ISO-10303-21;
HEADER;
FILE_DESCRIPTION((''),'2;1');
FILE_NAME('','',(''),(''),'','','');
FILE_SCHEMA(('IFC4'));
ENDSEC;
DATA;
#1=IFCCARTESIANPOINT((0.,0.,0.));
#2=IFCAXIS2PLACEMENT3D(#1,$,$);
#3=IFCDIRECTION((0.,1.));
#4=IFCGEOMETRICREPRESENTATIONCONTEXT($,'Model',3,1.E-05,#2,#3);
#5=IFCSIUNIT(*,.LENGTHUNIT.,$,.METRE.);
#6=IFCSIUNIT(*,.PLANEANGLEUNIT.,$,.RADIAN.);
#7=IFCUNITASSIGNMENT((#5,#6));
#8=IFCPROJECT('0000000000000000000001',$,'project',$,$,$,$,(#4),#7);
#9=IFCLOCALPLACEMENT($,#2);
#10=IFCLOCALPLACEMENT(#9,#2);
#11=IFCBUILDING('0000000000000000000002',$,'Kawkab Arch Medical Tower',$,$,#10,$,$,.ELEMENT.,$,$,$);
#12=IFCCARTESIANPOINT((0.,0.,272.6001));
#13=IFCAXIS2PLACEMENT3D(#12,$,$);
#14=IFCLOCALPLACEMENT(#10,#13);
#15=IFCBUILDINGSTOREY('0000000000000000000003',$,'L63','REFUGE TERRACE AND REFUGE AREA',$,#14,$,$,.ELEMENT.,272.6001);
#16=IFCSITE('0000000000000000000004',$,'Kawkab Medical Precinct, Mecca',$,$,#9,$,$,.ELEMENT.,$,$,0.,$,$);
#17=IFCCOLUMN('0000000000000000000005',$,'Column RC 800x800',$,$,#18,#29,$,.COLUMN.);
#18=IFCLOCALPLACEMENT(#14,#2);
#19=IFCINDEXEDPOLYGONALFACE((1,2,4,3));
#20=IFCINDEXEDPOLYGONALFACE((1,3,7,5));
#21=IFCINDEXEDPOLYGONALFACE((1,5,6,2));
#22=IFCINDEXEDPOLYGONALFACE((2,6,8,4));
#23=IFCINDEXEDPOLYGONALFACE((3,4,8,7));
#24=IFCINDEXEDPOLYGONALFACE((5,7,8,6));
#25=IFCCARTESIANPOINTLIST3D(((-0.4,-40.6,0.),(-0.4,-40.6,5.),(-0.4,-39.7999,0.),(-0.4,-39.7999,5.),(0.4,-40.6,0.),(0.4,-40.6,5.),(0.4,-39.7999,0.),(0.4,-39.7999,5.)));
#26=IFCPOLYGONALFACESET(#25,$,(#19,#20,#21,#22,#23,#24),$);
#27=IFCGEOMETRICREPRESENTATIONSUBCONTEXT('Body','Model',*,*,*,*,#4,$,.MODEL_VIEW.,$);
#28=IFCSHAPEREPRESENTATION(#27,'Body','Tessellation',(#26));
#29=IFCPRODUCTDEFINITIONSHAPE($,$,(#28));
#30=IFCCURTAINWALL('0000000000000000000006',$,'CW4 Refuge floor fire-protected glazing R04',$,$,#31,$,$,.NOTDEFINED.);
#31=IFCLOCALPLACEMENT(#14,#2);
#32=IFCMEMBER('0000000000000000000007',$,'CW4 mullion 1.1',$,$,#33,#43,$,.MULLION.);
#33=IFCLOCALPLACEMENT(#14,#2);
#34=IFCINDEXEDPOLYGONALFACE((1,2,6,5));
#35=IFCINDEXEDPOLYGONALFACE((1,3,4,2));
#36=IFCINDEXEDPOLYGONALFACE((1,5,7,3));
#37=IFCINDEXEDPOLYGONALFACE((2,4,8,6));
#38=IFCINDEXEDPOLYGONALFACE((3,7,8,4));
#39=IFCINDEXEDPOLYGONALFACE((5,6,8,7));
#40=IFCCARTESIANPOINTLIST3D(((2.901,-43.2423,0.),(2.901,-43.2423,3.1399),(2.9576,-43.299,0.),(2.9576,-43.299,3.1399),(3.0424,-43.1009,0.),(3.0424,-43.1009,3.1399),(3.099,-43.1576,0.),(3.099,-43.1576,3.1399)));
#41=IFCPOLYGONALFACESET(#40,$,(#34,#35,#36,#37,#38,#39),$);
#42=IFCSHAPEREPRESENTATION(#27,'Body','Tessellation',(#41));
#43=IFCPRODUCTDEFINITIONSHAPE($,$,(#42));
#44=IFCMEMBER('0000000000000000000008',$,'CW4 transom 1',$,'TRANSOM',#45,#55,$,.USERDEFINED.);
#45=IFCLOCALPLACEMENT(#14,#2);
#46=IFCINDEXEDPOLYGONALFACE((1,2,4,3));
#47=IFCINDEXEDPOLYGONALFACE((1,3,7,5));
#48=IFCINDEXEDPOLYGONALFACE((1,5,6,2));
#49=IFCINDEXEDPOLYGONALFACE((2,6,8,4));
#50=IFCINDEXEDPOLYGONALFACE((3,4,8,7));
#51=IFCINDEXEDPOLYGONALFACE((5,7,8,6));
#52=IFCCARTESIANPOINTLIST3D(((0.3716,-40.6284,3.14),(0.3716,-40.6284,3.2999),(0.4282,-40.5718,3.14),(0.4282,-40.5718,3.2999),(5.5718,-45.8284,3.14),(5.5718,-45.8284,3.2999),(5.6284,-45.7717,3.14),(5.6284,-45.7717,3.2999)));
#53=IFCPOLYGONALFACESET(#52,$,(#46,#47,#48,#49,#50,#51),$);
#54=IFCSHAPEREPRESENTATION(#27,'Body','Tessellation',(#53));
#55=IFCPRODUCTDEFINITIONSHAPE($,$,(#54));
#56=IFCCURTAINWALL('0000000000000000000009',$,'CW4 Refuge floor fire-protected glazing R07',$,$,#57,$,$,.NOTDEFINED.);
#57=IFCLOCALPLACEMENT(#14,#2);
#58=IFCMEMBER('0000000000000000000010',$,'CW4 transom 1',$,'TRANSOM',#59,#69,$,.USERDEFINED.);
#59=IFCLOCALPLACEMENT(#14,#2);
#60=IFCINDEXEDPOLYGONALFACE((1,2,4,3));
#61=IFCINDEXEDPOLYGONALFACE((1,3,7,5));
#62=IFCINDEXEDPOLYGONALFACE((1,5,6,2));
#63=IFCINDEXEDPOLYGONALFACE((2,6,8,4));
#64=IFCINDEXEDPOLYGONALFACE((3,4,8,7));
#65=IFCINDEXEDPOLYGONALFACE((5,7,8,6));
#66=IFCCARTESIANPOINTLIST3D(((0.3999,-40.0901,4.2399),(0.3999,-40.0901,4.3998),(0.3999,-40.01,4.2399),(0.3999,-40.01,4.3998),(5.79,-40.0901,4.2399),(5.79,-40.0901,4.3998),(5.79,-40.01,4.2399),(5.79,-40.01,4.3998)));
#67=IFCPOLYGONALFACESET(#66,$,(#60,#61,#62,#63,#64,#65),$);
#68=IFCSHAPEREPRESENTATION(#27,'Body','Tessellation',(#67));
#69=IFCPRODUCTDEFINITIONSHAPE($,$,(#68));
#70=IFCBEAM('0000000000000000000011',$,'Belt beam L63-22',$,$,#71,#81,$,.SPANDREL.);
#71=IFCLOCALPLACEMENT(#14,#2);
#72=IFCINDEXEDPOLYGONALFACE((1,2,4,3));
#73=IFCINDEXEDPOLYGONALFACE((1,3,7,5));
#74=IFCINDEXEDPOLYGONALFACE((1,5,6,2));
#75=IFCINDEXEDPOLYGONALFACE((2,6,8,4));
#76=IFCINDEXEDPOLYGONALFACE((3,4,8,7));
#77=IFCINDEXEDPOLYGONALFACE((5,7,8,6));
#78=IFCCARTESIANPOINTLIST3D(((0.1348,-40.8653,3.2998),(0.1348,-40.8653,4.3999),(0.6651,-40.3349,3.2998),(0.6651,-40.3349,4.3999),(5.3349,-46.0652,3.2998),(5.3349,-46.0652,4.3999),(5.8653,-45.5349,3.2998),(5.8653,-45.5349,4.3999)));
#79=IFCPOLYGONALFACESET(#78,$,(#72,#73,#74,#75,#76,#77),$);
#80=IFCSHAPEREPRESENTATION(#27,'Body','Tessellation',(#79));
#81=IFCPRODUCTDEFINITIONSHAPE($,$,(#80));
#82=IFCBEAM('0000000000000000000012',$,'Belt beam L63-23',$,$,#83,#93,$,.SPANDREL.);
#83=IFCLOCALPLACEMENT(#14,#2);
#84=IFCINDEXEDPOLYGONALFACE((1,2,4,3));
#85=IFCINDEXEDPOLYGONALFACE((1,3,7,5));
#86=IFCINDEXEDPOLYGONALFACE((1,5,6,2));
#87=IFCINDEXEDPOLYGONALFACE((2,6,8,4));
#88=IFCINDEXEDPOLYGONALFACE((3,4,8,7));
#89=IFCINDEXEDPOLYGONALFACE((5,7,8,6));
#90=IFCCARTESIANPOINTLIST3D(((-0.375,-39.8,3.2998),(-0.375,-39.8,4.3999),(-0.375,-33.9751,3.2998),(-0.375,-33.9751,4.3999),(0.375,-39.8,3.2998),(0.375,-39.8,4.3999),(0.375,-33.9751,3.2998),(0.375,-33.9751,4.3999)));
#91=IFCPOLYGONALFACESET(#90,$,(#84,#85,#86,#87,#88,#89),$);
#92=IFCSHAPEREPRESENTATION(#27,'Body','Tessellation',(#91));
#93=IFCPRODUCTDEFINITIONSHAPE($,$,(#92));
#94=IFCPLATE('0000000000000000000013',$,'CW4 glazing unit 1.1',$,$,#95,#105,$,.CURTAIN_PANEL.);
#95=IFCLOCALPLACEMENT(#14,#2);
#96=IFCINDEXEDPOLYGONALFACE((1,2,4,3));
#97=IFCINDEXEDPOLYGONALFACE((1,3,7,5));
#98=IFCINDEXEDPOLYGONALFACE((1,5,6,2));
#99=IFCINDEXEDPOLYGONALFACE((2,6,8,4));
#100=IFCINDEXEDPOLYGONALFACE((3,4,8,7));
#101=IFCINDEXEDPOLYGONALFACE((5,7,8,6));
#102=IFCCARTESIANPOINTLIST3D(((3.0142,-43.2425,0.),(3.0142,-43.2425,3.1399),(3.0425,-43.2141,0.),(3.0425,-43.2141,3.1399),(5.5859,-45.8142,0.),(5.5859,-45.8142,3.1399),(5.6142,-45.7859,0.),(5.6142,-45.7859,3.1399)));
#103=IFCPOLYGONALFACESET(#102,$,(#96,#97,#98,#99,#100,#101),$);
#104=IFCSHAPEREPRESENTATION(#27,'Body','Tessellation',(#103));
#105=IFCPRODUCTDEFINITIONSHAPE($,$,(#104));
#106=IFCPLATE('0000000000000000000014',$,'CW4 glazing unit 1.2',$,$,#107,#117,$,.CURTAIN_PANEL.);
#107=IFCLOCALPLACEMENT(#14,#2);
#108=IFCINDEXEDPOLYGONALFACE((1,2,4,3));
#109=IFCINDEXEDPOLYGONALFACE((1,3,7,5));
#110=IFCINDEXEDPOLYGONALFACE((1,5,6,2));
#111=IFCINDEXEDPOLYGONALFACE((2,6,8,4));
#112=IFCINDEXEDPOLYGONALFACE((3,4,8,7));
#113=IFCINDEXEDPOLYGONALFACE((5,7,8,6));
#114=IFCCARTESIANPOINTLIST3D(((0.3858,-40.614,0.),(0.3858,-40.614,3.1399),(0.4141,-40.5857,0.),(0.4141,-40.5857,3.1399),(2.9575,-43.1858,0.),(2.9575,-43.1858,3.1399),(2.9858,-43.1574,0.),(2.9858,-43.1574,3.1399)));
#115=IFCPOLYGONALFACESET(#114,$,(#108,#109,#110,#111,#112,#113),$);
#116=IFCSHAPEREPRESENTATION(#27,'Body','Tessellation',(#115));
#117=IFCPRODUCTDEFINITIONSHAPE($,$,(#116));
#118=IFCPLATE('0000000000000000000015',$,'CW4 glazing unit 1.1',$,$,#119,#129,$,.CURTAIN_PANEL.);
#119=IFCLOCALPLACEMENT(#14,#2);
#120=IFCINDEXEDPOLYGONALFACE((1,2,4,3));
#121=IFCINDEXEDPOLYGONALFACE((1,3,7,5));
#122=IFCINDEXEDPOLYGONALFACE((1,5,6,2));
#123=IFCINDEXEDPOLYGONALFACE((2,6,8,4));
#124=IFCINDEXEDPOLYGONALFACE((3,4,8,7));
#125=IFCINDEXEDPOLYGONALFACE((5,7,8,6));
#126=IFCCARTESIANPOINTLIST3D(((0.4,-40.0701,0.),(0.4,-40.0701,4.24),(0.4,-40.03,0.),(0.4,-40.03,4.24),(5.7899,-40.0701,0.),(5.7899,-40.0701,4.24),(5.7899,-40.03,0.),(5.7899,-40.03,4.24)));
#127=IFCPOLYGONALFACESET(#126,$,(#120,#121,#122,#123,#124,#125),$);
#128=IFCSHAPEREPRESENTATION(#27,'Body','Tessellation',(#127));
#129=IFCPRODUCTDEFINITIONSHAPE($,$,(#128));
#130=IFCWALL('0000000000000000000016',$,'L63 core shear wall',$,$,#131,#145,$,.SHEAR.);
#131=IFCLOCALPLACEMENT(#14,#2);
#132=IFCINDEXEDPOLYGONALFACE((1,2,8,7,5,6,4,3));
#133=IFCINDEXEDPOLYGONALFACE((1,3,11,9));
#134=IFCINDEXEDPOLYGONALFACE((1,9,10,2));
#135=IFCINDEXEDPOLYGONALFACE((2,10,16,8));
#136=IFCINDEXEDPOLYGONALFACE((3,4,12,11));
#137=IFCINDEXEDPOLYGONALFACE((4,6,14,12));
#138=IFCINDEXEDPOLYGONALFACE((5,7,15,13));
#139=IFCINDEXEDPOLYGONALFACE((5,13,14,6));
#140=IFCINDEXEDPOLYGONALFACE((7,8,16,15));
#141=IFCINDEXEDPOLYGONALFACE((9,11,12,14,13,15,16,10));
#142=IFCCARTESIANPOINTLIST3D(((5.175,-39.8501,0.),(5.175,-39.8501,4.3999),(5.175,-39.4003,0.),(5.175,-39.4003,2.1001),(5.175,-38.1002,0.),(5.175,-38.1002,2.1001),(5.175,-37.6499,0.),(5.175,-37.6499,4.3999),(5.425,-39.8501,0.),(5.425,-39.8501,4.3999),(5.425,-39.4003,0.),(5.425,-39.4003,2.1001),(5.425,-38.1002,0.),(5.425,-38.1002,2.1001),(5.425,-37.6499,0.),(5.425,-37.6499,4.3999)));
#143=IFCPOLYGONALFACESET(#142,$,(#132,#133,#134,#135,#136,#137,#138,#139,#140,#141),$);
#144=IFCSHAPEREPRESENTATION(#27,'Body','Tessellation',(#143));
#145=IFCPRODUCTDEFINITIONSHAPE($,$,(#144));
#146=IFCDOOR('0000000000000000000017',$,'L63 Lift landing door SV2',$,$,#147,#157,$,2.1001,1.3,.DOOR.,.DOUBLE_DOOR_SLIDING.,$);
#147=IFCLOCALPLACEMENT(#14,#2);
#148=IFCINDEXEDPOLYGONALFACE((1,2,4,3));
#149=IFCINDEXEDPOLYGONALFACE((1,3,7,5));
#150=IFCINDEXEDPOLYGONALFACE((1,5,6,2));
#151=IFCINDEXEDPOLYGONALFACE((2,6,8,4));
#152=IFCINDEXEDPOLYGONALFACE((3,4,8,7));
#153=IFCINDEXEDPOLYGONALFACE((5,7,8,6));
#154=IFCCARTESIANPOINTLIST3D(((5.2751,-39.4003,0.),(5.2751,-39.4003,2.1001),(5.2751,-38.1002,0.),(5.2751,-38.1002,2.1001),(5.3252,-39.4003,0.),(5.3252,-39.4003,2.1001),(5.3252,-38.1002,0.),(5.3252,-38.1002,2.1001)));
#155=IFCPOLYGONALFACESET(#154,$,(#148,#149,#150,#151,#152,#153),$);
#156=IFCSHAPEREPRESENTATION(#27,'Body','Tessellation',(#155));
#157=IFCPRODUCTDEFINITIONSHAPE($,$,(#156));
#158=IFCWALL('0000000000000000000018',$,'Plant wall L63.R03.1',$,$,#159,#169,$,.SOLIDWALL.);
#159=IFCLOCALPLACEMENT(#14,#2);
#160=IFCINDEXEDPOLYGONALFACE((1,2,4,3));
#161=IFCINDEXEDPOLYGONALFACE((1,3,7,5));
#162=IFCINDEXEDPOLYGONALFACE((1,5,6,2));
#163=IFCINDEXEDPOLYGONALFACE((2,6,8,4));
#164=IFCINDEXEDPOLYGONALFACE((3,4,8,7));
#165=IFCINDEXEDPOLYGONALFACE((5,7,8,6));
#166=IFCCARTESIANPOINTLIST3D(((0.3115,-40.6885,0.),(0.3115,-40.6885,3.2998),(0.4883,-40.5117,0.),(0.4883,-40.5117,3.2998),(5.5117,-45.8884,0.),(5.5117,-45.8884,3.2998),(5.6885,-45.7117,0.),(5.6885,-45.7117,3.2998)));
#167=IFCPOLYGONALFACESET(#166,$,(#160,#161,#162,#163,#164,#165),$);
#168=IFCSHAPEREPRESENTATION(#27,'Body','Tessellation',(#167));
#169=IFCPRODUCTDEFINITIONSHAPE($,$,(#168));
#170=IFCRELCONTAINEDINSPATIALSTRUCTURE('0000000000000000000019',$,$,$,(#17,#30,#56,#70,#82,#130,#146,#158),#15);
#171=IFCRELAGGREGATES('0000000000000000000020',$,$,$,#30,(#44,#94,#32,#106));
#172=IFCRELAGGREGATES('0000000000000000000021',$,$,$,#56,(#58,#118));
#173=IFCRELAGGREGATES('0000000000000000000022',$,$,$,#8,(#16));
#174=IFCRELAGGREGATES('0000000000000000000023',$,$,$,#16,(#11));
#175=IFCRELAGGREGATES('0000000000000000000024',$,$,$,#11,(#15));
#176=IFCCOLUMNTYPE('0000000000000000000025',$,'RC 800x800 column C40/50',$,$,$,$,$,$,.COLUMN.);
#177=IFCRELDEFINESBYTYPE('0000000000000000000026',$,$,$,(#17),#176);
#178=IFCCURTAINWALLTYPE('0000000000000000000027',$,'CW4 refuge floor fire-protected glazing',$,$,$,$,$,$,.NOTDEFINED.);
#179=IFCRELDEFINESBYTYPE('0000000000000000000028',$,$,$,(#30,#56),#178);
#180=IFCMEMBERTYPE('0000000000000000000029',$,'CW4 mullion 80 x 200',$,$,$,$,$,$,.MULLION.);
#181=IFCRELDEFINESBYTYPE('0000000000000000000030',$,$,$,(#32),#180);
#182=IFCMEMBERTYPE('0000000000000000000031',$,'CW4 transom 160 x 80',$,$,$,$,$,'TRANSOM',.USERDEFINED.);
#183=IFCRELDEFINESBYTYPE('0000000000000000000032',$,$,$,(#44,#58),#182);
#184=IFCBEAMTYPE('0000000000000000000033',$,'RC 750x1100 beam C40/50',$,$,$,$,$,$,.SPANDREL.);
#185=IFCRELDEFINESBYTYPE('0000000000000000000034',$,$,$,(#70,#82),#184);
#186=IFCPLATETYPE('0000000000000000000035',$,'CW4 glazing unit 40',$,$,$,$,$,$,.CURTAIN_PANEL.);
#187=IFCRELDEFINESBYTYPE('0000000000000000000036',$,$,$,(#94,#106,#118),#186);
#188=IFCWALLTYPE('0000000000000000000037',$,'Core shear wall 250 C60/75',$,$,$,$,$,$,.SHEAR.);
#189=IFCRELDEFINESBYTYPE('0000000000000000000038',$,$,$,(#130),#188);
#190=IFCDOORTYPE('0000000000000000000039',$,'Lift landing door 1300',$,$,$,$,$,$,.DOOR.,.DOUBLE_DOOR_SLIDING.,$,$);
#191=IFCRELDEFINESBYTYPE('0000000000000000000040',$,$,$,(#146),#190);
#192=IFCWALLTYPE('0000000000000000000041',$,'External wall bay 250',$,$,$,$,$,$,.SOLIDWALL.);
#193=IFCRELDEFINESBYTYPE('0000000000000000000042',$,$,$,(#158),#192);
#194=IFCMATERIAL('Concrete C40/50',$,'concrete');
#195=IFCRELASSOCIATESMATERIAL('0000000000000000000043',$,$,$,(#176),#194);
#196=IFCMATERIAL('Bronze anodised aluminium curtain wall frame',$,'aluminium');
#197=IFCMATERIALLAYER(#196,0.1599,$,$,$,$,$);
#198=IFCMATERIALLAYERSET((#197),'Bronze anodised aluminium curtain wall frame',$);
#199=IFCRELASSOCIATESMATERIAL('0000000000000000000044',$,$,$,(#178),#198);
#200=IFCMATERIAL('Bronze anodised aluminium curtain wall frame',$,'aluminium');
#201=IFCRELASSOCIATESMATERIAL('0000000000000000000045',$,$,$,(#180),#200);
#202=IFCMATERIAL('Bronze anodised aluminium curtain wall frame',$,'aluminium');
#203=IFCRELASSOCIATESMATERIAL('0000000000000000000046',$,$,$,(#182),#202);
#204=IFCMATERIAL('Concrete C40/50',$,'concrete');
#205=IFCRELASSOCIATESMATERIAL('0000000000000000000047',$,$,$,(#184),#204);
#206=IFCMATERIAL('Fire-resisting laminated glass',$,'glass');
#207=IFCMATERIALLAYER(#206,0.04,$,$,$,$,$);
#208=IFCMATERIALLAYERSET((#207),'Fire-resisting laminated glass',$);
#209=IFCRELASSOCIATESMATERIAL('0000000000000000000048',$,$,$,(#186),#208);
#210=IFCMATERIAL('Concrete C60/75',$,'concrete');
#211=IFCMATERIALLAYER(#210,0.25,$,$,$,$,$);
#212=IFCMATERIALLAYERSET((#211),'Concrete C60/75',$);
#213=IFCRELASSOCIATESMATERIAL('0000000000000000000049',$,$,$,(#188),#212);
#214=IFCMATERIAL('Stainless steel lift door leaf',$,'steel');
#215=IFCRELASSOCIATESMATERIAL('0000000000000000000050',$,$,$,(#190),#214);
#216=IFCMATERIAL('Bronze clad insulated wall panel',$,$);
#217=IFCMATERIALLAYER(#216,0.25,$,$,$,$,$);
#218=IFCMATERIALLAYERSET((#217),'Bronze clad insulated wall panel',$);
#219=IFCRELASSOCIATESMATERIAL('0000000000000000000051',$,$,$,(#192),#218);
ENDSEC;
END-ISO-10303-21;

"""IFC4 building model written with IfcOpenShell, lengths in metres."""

from ifc_helpers import new_model, si_unit, direction, frame, frame_2d, origin, origin_2d, place, context, subcontext, project, spatial, rectangle, extrude, material, layer, layer_set, material_profile, profile_set, type_object, element, fill, aggregate, save


model = new_model("IFC4")

# Units and contexts
model_context = context("Model", 3, precision=1e-05, world=origin(), true_north=direction((0.0, 1.0)))
body_context = subcontext(model_context, "Body", "Model", "MODEL_VIEW")
ifc_project = project(units=[si_unit("LENGTHUNIT", "METRE"), si_unit("PLANEANGLEUNIT", "RADIAN")], contexts=[model_context])

# Site, building, storey
site_placement = place(None, origin())
site = spatial("IfcSite", under=ifc_project, at=site_placement, Name="Kawkab Medical Precinct, Mecca", CompositionType="ELEMENT", RefElevation=0.0)
building_placement = place(site_placement, origin())
building = spatial("IfcBuilding", under=site, at=building_placement, Name="Kawkab Arch Medical Tower", CompositionType="ELEMENT")
storey_placement = place(building_placement, frame((0.0, 0.0, 272.6001)))
storey = spatial("IfcBuildingStorey", under=building, at=storey_placement, Name="L63", Description="REFUGE TERRACE AND REFUGE AREA", CompositionType="ELEMENT", Elevation=272.6001)

# Column
ifc_material_1 = material(Name="Concrete C40/50", Category="concrete")
ifc_material_profile_1 = material_profile(ifc_material_1, rectangle(XDim=0.8, YDim=0.8, at=origin_2d()), Name="RC 800x800")
ifc_profile_set_1 = profile_set([ifc_material_profile_1], Name="Concrete C40/50")
column_type = type_object("IfcColumnType", Name="RC 800x800 column C40/50", PredefinedType="COLUMN", material=ifc_profile_set_1)
column_placement = place(storey_placement, frame((0.0, -40.2, 0.0), z_axis=(0.0, 0.0, 1.0), x_axis=(1.0, 0.0, 0.0)))
element("IfcColumn", 1, at=column_placement, inside=storey, type_object=column_type, Name="Column RC 800x800", PredefinedType="COLUMN", context=body_context, shape_type="SweptSolid", body=[
    extrude(rectangle(XDim=0.8, YDim=0.8, at=origin_2d()), origin(), (0.0, 0.0, 1.0), 5.0),
])

# Curtain wall, members
ifc_material_2 = material(Name="Bronze anodised aluminium curtain wall frame", Category="aluminium")
ifc_layer_1 = layer(ifc_material_2, 0.1599)
ifc_layer_set_1 = layer_set([ifc_layer_1], Name="Bronze anodised aluminium curtain wall frame")
curtain_wall_type = type_object("IfcCurtainWallType", Name="CW4 refuge floor fire-protected glazing", PredefinedType="NOTDEFINED", material=ifc_layer_set_1)
placement = place(storey_placement, origin())
curtain_wall_1 = element("IfcCurtainWall", 2, at=placement, inside=storey, type_object=curtain_wall_type, Name="CW4 Refuge floor fire-protected glazing R04", PredefinedType="NOTDEFINED")
ifc_material_3 = material(Name="Bronze anodised aluminium curtain wall frame", Category="aluminium")
ifc_material_profile_2 = material_profile(ifc_material_3, rectangle(XDim=0.2, YDim=0.0801, at=origin_2d()), Name="AL 80x200")
ifc_profile_set_2 = profile_set([ifc_material_profile_2], Name="Bronze anodised aluminium curtain wall frame")
member_type_1 = type_object("IfcMemberType", Name="CW4 mullion 80 x 200", PredefinedType="MULLION", material=ifc_profile_set_2)
member_1_placement = place(storey_placement, frame((3.0, -43.2, 0.0), z_axis=(0.0, 0.0, 1.0), x_axis=(-0.707107, -0.707107, 0.0)))
member_1 = element("IfcMember", 3, at=member_1_placement, type_object=member_type_1, Name="CW4 mullion 1.1", PredefinedType="MULLION", context=body_context, shape_type="SweptSolid", body=[
    extrude(rectangle(XDim=0.2, YDim=0.0801, at=origin_2d()), origin(), (0.0, 0.0, 1.0), 3.1399),
])
ifc_material_4 = material(Name="Bronze anodised aluminium curtain wall frame", Category="aluminium")
ifc_material_profile_3 = material_profile(ifc_material_4, rectangle(XDim=0.0801, YDim=0.1599, at=origin_2d()), Name="AL 80x160")
ifc_profile_set_3 = profile_set([ifc_material_profile_3], Name="Bronze anodised aluminium curtain wall frame")
member_type_2 = type_object("IfcMemberType", Name="CW4 transom 160 x 80", ElementType="TRANSOM", PredefinedType="USERDEFINED", material=ifc_profile_set_3)
member_2_placement = place(storey_placement, frame((5.6001, -45.8, 3.22), z_axis=(-0.707123, 0.70709, 0.0), x_axis=(-0.70709, -0.707123, 0.0)))
member_2 = element("IfcMember", 4, at=member_2_placement, type_object=member_type_2, Name="CW4 transom 1", ObjectType="TRANSOM", PredefinedType="USERDEFINED", context=body_context, shape_type="SweptSolid", body=[
    extrude(rectangle(XDim=0.0801, YDim=0.1599, at=origin_2d()), origin(), (0.0, 0.0, 1.0), 7.354),
])

# Curtain wall, member
curtain_wall_2 = element("IfcCurtainWall", 5, at=placement, inside=storey, type_object=curtain_wall_type, Name="CW4 Refuge floor fire-protected glazing R07", PredefinedType="NOTDEFINED")
member_3_placement = place(storey_placement, frame((0.3999, -40.05, 4.3198), z_axis=(1.0, 0.0, 0.0), x_axis=(0.0, 1.0, 0.0)))
member_3 = element("IfcMember", 6, at=member_3_placement, type_object=member_type_2, Name="CW4 transom 1", ObjectType="TRANSOM", PredefinedType="USERDEFINED", context=body_context, shape_type="SweptSolid", body=[
    extrude(rectangle(XDim=0.0801, YDim=0.1599, at=origin_2d()), origin(), (0.0, 0.0, 1.0), 5.3901),
])

# Beams
ifc_material_5 = material(Name="Concrete C40/50", Category="concrete")
ifc_material_profile_4 = material_profile(ifc_material_5, rectangle(XDim=0.75, YDim=1.1001, at=origin_2d()), Name="RC 750x1100")
ifc_profile_set_4 = profile_set([ifc_material_profile_4], Name="Concrete C40/50")
beam_type = type_object("IfcBeamType", Name="RC 750x1100 beam C40/50", PredefinedType="SPANDREL", material=ifc_profile_set_4)
beam_1_placement = place(storey_placement, frame((5.6001, -45.8, 3.8499), z_axis=(-0.707123, 0.70709, 0.0), x_axis=(-0.70709, -0.707123, 0.0)))
element("IfcBeam", 7, at=beam_1_placement, inside=storey, type_object=beam_type, Name="Belt beam L63-22", PredefinedType="SPANDREL", context=body_context, shape_type="SweptSolid", body=[
    extrude(rectangle(XDim=0.75, YDim=1.1001, at=origin_2d()), origin(), (0.0, 0.0, 1.0), 7.354),
])
beam_2_placement = place(storey_placement, frame((0.0, -39.8, 3.8499), z_axis=(0.0, 1.0, 0.0), x_axis=(-1.0, 0.0, 0.0)))
element("IfcBeam", 8, at=beam_2_placement, inside=storey, type_object=beam_type, Name="Belt beam L63-23", PredefinedType="SPANDREL", context=body_context, shape_type="SweptSolid", body=[
    extrude(rectangle(XDim=0.75, YDim=1.1001, at=origin_2d()), origin(), (0.0, 0.0, 1.0), 5.825),
])

# Plates
ifc_material_6 = material(Name="Fire-resisting laminated glass", Category="glass")
ifc_layer_2 = layer(ifc_material_6, 0.04)
ifc_layer_set_2 = layer_set([ifc_layer_2], Name="Fire-resisting laminated glass")
plate_type = type_object("IfcPlateType", Name="CW4 glazing unit 40", PredefinedType="CURTAIN_PANEL", material=ifc_layer_set_2)
plate_1_placement = place(storey_placement, frame((4.3142, -44.5142, 0.0), z_axis=(0.0, 0.0, 1.0), x_axis=(-0.707107, 0.707107, 0.0)))
plate_1 = element("IfcPlate", 9, at=plate_1_placement, type_object=plate_type, Name="CW4 glazing unit 1.1", PredefinedType="CURTAIN_PANEL", context=body_context, shape_type="SweptSolid", body=[
    extrude(rectangle(XDim=3.637, YDim=0.04, at=origin_2d()), origin(), (0.0, 0.0, 1.0), 3.1399),
])
plate_2_placement = place(storey_placement, frame((1.6858, -41.8857, 0.0), z_axis=(0.0, 0.0, 1.0), x_axis=(-0.707107, 0.707107, 0.0)))
plate_2 = element("IfcPlate", 10, at=plate_2_placement, type_object=plate_type, Name="CW4 glazing unit 1.2", PredefinedType="CURTAIN_PANEL", context=body_context, shape_type="SweptSolid", body=[
    extrude(rectangle(XDim=3.637, YDim=0.04, at=origin_2d()), origin(), (0.0, 0.0, 1.0), 3.1399),
])
aggregate(curtain_wall_1, [member_2, plate_1, member_1, plate_2])
plate_3_placement = place(storey_placement, frame((3.095, -40.05, 0.0), z_axis=(0.0, 0.0, 1.0), x_axis=(1.0, 0.0, 0.0)))
plate_3 = element("IfcPlate", 11, at=plate_3_placement, type_object=plate_type, Name="CW4 glazing unit 1.1", PredefinedType="CURTAIN_PANEL", context=body_context, shape_type="SweptSolid", body=[
    extrude(rectangle(XDim=5.3899, YDim=0.04, at=origin_2d()), origin(), (0.0, 0.0, 1.0), 4.24),
])
aggregate(curtain_wall_2, [member_3, plate_3])

# Wall, opening, door
ifc_material_7 = material(Name="Concrete C60/75", Category="concrete")
ifc_layer_3 = layer(ifc_material_7, 0.25)
ifc_layer_set_3 = layer_set([ifc_layer_3], Name="Concrete C60/75")
wall_type_1 = type_object("IfcWallType", Name="Core shear wall 250 C60/75", PredefinedType="SHEAR", material=ifc_layer_set_3)
wall_1_placement = place(storey_placement, frame((5.3, -39.8501, 0.0), z_axis=(0.0, 0.0, 1.0), x_axis=(0.0, 1.0, 0.0)))
wall_1 = element("IfcWall", 12, at=wall_1_placement, inside=storey, type_object=wall_type_1, Name="L63 core shear wall", PredefinedType="SHEAR", context=body_context, shape_type="SweptSolid", body=[
    extrude(rectangle(XDim=2.2002, YDim=0.25, at=frame_2d((1.1001, 0.0))), origin(), (0.0, 0.0, 1.0), 4.3999),
])
opening_1_placement = place(wall_1_placement, frame((0.45, 0.0, 0.0)))
opening_1 = element("IfcOpeningElement", 13, at=opening_1_placement, cuts=wall_1, PredefinedType="OPENING", context=body_context, shape_type="SweptSolid", body=[
    extrude(rectangle(XDim=1.3, YDim=2.1001, at=frame_2d((0.6499, 1.05))), frame((0.0, 0.135, 0.0), z_axis=(0.0, -1.0, 0.0), x_axis=(1.0, 0.0, 0.0)), (0.0, 0.0, 1.0), 0.27),
])
ifc_material_8 = material(Name="Stainless steel lift door leaf", Category="steel")
door_type_1 = type_object("IfcDoorType", Name="Lift landing door 1300", OperationType="DOUBLE_DOOR_SLIDING", PredefinedType="DOOR", material=ifc_material_8)
door_1_placement = place(opening_1_placement, origin())
door_1 = element("IfcDoor", 14, at=door_1_placement, inside=storey, type_object=door_type_1, Name="L63 Lift landing door SV2", OperationType="DOUBLE_DOOR_SLIDING", OverallHeight=2.1001, OverallWidth=1.3, PredefinedType="DOOR", context=body_context, shape_type="SweptSolid", body=[
    extrude(rectangle(XDim=1.3, YDim=2.1001, at=frame_2d((0.6499, 1.05))), frame((0.0, 0.0249, 0.0), z_axis=(0.0, -1.0, 0.0), x_axis=(1.0, 0.0, 0.0)), (0.0, 0.0, 1.0), 0.05),
])
fill(opening_1, door_1)

# Wall
ifc_material_9 = material(Name="Bronze clad insulated wall panel")
ifc_layer_4 = layer(ifc_material_9, 0.25)
ifc_layer_set_4 = layer_set([ifc_layer_4], Name="Bronze clad insulated wall panel")
wall_type_2 = type_object("IfcWallType", Name="External wall bay 250", PredefinedType="SOLIDWALL", material=ifc_layer_set_4)
wall_2_placement = place(storey_placement, frame((0.3999, -40.6001, 0.0), z_axis=(0.0, 0.0, 1.0), x_axis=(0.707123, -0.70709, 0.0)))
element("IfcWall", 15, at=wall_2_placement, inside=storey, type_object=wall_type_2, Name="Plant wall L63.R03.1", PredefinedType="SOLIDWALL", context=body_context, shape_type="SweptSolid", body=[
    extrude(rectangle(XDim=7.354, YDim=0.25, at=frame_2d((3.677, 0.0))), origin(), (0.0, 0.0, 1.0), 3.2998),
])

save(model, "model.ifc")
